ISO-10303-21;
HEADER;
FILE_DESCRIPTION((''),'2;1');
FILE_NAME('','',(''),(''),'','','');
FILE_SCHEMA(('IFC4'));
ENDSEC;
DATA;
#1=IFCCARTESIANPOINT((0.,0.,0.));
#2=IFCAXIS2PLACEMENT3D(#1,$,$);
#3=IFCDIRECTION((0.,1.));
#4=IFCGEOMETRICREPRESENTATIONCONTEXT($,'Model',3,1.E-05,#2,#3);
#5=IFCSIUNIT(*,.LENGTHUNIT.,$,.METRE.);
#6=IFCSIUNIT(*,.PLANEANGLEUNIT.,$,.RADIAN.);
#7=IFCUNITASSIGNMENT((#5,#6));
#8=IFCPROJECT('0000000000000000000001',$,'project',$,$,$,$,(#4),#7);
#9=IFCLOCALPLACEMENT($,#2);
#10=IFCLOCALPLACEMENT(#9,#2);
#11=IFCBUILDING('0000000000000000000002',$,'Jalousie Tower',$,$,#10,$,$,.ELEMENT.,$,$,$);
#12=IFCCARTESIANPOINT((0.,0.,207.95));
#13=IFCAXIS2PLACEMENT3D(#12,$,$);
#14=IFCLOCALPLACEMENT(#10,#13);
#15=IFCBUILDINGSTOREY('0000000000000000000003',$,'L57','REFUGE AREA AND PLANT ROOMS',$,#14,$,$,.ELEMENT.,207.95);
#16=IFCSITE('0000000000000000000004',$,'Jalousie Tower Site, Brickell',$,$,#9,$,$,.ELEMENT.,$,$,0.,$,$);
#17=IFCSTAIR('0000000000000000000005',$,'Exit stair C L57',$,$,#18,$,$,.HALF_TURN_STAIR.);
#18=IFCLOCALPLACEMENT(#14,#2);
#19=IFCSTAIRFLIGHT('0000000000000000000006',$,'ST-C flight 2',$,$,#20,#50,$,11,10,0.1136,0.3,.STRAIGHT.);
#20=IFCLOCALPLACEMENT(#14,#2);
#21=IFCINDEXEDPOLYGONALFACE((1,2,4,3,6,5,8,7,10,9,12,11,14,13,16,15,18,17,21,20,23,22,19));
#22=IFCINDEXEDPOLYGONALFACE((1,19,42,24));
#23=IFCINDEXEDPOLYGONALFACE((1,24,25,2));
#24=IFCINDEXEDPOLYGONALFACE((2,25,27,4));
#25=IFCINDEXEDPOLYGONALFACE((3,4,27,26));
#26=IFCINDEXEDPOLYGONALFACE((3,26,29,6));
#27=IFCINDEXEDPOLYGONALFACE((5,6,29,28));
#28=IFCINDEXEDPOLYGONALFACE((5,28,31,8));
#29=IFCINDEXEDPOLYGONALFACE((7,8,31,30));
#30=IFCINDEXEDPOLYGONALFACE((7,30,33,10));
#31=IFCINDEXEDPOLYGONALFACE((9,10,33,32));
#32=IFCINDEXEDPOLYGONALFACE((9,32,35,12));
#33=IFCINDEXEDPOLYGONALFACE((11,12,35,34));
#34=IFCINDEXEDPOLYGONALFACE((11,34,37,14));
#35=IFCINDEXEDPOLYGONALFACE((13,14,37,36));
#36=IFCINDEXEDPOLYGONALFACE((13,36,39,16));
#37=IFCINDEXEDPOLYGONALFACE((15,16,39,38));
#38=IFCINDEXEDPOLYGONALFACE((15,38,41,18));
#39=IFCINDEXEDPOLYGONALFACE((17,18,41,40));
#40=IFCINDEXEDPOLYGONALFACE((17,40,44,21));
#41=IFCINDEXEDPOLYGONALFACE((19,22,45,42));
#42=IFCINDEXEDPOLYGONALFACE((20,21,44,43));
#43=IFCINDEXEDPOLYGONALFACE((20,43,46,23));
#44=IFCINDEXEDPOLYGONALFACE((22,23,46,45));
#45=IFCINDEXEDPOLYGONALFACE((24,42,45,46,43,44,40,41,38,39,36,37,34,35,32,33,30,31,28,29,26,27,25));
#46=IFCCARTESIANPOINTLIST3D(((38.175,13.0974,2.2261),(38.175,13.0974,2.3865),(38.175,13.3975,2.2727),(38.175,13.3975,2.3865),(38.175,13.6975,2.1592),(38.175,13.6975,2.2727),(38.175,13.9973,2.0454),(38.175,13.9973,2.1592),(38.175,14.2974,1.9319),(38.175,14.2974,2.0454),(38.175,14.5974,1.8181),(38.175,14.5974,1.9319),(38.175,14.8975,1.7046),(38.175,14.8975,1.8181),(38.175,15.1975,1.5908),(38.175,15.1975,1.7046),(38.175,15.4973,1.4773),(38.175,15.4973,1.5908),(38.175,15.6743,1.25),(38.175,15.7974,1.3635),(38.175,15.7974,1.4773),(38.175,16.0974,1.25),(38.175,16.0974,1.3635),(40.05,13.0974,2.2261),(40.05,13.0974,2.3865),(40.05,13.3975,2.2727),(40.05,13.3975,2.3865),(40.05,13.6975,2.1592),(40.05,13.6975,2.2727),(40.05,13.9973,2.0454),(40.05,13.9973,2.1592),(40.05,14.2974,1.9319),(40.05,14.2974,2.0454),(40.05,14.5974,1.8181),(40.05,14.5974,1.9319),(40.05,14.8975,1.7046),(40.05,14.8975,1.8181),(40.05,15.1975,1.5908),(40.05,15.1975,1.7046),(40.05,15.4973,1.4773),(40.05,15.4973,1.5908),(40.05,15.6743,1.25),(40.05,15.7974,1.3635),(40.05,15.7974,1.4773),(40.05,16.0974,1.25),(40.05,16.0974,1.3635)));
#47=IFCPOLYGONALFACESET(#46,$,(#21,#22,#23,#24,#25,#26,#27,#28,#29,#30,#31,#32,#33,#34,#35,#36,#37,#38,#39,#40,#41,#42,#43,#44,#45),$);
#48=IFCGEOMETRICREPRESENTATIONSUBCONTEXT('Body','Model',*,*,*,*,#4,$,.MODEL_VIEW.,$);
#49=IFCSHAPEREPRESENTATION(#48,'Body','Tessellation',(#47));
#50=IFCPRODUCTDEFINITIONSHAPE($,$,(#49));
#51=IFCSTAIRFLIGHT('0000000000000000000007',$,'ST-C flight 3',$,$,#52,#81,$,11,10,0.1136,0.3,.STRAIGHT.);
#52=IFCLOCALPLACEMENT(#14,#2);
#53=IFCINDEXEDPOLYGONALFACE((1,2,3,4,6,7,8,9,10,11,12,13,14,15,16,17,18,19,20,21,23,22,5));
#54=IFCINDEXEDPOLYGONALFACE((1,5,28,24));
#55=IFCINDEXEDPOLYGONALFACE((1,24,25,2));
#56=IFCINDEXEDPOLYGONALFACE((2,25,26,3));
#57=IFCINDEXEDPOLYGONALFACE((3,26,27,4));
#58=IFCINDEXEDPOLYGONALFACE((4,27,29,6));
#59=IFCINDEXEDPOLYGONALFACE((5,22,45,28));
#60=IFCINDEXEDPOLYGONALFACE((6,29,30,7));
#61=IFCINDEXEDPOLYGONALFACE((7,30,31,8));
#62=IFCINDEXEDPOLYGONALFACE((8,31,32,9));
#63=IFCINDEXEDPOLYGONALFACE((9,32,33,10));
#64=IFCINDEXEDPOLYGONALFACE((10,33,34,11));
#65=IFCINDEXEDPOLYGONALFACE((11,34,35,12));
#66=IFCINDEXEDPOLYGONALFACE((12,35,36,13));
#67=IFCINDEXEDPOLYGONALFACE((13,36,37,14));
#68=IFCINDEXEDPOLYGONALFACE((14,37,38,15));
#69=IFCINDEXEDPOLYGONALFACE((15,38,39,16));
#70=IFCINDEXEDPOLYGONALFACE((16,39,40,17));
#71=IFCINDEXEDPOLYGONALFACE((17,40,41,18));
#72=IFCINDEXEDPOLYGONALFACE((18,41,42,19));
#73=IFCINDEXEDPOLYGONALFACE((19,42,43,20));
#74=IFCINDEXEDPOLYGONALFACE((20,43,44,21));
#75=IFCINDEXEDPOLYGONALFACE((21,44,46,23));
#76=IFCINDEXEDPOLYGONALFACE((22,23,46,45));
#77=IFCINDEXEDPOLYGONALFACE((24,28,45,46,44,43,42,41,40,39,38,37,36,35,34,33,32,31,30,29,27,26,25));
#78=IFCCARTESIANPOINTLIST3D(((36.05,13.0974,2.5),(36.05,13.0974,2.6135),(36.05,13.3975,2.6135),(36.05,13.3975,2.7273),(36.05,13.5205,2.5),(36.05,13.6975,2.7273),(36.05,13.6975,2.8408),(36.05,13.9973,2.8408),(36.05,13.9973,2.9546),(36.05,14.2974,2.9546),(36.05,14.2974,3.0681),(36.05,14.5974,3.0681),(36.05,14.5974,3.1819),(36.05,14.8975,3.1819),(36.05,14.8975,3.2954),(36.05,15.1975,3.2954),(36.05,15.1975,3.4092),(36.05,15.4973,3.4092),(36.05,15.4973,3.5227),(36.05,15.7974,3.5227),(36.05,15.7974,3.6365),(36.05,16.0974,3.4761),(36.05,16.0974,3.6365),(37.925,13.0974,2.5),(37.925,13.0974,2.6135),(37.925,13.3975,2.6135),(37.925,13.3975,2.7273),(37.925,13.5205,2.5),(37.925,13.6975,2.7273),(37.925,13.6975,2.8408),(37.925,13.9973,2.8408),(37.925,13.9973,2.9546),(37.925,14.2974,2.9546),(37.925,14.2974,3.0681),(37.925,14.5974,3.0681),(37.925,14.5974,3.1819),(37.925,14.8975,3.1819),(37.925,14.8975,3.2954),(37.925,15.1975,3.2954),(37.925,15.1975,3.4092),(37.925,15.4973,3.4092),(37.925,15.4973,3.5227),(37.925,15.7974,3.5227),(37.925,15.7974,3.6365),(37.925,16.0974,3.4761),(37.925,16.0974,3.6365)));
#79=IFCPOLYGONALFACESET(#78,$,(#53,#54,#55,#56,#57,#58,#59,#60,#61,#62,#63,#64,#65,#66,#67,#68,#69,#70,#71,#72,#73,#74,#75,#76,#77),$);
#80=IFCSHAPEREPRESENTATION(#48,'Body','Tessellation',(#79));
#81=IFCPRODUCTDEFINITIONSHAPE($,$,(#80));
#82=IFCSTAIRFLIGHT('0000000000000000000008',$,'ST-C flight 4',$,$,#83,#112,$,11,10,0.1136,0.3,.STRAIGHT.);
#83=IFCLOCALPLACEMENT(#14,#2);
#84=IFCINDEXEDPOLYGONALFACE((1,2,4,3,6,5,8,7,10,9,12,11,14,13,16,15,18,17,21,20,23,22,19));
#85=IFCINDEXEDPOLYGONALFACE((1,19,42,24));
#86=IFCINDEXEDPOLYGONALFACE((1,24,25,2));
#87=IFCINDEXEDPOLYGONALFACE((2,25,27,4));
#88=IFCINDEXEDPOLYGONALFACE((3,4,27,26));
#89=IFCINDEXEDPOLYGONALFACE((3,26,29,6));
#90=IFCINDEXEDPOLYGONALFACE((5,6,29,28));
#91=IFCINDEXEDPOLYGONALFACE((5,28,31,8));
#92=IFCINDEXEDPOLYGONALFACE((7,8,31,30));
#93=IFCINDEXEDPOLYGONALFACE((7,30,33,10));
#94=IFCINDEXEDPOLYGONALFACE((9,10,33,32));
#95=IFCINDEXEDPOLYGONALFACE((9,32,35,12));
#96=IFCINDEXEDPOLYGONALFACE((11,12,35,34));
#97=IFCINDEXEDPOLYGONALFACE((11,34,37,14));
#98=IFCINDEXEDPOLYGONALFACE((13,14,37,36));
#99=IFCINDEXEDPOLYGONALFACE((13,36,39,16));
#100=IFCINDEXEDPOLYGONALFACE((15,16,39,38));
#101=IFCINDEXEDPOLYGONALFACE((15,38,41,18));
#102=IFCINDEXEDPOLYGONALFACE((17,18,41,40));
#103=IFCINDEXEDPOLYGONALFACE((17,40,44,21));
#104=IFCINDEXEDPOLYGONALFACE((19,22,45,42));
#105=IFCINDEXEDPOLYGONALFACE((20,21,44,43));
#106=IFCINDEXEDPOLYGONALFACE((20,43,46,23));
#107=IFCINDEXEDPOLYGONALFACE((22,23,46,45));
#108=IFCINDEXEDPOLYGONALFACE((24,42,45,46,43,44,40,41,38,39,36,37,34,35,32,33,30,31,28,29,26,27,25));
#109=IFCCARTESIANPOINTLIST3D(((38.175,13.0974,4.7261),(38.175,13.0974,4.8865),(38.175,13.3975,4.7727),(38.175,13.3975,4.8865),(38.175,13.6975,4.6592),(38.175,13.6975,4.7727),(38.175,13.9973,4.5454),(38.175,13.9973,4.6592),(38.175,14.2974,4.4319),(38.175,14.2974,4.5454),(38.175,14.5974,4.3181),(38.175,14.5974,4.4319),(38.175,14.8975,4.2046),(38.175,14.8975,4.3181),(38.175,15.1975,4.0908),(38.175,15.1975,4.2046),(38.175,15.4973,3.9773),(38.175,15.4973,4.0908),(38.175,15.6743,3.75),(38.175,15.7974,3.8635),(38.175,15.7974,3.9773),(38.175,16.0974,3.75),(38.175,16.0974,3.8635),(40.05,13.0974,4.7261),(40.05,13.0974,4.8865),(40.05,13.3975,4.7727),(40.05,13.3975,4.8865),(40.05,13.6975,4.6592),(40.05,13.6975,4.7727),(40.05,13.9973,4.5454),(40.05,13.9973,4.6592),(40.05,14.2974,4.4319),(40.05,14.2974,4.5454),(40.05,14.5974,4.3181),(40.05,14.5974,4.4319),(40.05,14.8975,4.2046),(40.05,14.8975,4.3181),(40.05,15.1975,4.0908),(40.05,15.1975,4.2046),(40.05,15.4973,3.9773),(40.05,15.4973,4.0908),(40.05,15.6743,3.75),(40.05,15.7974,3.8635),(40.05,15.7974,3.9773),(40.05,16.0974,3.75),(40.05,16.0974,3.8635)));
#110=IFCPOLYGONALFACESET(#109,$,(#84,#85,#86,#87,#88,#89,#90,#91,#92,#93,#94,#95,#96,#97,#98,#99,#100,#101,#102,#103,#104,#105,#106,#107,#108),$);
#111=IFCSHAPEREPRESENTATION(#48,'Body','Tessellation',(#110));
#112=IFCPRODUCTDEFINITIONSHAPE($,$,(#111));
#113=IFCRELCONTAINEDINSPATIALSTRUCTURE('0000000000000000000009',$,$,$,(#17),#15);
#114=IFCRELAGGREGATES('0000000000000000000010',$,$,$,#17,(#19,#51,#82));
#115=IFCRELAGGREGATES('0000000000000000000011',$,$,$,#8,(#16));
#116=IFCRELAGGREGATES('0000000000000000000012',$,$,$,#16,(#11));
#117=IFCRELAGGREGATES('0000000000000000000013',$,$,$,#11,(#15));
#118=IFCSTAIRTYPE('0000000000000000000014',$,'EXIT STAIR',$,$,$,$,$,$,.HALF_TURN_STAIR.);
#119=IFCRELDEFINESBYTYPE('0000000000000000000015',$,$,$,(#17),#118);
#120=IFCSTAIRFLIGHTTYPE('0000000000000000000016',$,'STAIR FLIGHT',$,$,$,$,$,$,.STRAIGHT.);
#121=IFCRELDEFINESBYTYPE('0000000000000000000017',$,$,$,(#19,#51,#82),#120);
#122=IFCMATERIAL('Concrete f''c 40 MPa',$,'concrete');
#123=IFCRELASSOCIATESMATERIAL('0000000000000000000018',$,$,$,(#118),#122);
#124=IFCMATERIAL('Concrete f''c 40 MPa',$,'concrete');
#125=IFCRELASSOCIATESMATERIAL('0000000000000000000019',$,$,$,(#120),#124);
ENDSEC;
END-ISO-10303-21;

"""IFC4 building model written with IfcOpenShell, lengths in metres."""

from ifc_helpers import new_model, si_unit, direction, frame, origin, place, context, subcontext, project, spatial, polyline, outline, extrude, material, type_object, element, aggregate, save


model = new_model("IFC4")

# Units and contexts
model_context = context("Model", 3, precision=1e-05, world=origin(), true_north=direction((0.0, 1.0)))
body_context = subcontext(model_context, "Body", "Model", "MODEL_VIEW")
ifc_project = project(units=[si_unit("LENGTHUNIT", "METRE"), si_unit("PLANEANGLEUNIT", "RADIAN")], contexts=[model_context])

# Site, building, storey
site_placement = place(None, origin())
site = spatial("IfcSite", under=ifc_project, at=site_placement, Name="Jalousie Tower Site, Brickell", CompositionType="ELEMENT", RefElevation=0.0)
building_placement = place(site_placement, origin())
building = spatial("IfcBuilding", under=site, at=building_placement, Name="Jalousie Tower", CompositionType="ELEMENT")
storey_placement = place(building_placement, frame((0.0, 0.0, 207.95)))
storey = spatial("IfcBuildingStorey", under=building, at=storey_placement, Name="L57", Description="REFUGE AREA AND PLANT ROOMS", CompositionType="ELEMENT", Elevation=207.95)

# Stair, stair flights
ifc_material_1 = material(Name="Concrete f'c 40 MPa", Category="concrete")
stair_type = type_object("IfcStairType", Name="EXIT STAIR", PredefinedType="HALF_TURN_STAIR", material=ifc_material_1)
stair_placement = place(storey_placement, origin())
stair = element("IfcStair", 1, at=stair_placement, inside=storey, type_object=stair_type, Name="Exit stair C L57", PredefinedType="HALF_TURN_STAIR")
ifc_material_2 = material(Name="Concrete f'c 40 MPa", Category="concrete")
stair_flight_type = type_object("IfcStairFlightType", Name="STAIR FLIGHT", PredefinedType="STRAIGHT", material=ifc_material_2)
stair_flight_1_placement = place(storey_placement, frame((39.1125, 16.0974, 1.25), z_axis=(0.0, 0.0, 1.0), x_axis=(0.0, -1.0, 0.0)))
stair_flight_1 = element("IfcStairFlight", 2, at=stair_flight_1_placement, type_object=stair_flight_type, Name="ST-C flight 2", NumberOfRisers=11, NumberOfTreads=10, PredefinedType="STRAIGHT", RiserHeight=0.1136, TreadLength=0.3, context=body_context, shape_type="SweptSolid", body=[
    extrude(outline(polyline([(0.0, 0.0), (0.0, 0.1135), (0.3, 0.1135), (0.3, 0.2273), (0.6001, 0.2273), (0.6001, 0.3408), (0.8999, 0.3408), (0.8999, 0.4546), (1.2, 0.4546), (1.2, 0.5681), (1.5, 0.5681), (1.5, 0.6819), (1.8, 0.6819), (1.8, 0.7954), (2.1001, 0.7954), (2.1001, 0.9092), (2.3999, 0.9092), (2.3999, 1.0227), (2.7, 1.0227), (2.7, 1.1365), (3.0, 1.1365), (3.0, 1.25), (3.0, 0.9761), (0.4231, 0.0), (0.0, 0.0)])), frame((0.0, 0.9375, 0.0), z_axis=(0.0, -1.0, 0.0), x_axis=(1.0, 0.0, 0.0)), (0.0, 0.0, 1.0), 1.875),
])
stair_flight_2_placement = place(storey_placement, frame((36.9875, 13.0974, 2.5), z_axis=(0.0, 0.0, 1.0), x_axis=(0.0, 1.0, 0.0)))
stair_flight_2 = element("IfcStairFlight", 3, at=stair_flight_2_placement, type_object=stair_flight_type, Name="ST-C flight 3", NumberOfRisers=11, NumberOfTreads=10, PredefinedType="STRAIGHT", RiserHeight=0.1136, TreadLength=0.3, context=body_context, shape_type="SweptSolid", body=[
    extrude(outline(polyline([(0.0, 0.0), (0.0, 0.1135), (0.3, 0.1135), (0.3, 0.2273), (0.6001, 0.2273), (0.6001, 0.3408), (0.8999, 0.3408), (0.8999, 0.4546), (1.2, 0.4546), (1.2, 0.5681), (1.5, 0.5681), (1.5, 0.6819), (1.8, 0.6819), (1.8, 0.7954), (2.1001, 0.7954), (2.1001, 0.9092), (2.3999, 0.9092), (2.3999, 1.0227), (2.7, 1.0227), (2.7, 1.1365), (3.0, 1.1365), (3.0, 1.25), (3.0, 0.9761), (0.4231, 0.0), (0.0, 0.0)])), frame((0.0, 0.9375, 0.0), z_axis=(0.0, -1.0, 0.0), x_axis=(1.0, 0.0, 0.0)), (0.0, 0.0, 1.0), 1.875),
])
stair_flight_3_placement = place(storey_placement, frame((39.1125, 16.0974, 3.75), z_axis=(0.0, 0.0, 1.0), x_axis=(0.0, -1.0, 0.0)))
stair_flight_3 = element("IfcStairFlight", 4, at=stair_flight_3_placement, type_object=stair_flight_type, Name="ST-C flight 4", NumberOfRisers=11, NumberOfTreads=10, PredefinedType="STRAIGHT", RiserHeight=0.1136, TreadLength=0.3, context=body_context, shape_type="SweptSolid", body=[
    extrude(outline(polyline([(0.0, 0.0), (0.0, 0.1135), (0.3, 0.1135), (0.3, 0.2273), (0.6001, 0.2273), (0.6001, 0.3408), (0.8999, 0.3408), (0.8999, 0.4546), (1.2, 0.4546), (1.2, 0.5681), (1.5, 0.5681), (1.5, 0.6819), (1.8, 0.6819), (1.8, 0.7954), (2.1001, 0.7954), (2.1001, 0.9092), (2.3999, 0.9092), (2.3999, 1.0227), (2.7, 1.0227), (2.7, 1.1365), (3.0, 1.1365), (3.0, 1.25), (3.0, 0.9761), (0.4231, 0.0), (0.0, 0.0)])), frame((0.0, 0.9375, 0.0), z_axis=(0.0, -1.0, 0.0), x_axis=(1.0, 0.0, 0.0)), (0.0, 0.0, 1.0), 1.875),
])
aggregate(stair, [stair_flight_1, stair_flight_2, stair_flight_3])

save(model, "model.ifc")
